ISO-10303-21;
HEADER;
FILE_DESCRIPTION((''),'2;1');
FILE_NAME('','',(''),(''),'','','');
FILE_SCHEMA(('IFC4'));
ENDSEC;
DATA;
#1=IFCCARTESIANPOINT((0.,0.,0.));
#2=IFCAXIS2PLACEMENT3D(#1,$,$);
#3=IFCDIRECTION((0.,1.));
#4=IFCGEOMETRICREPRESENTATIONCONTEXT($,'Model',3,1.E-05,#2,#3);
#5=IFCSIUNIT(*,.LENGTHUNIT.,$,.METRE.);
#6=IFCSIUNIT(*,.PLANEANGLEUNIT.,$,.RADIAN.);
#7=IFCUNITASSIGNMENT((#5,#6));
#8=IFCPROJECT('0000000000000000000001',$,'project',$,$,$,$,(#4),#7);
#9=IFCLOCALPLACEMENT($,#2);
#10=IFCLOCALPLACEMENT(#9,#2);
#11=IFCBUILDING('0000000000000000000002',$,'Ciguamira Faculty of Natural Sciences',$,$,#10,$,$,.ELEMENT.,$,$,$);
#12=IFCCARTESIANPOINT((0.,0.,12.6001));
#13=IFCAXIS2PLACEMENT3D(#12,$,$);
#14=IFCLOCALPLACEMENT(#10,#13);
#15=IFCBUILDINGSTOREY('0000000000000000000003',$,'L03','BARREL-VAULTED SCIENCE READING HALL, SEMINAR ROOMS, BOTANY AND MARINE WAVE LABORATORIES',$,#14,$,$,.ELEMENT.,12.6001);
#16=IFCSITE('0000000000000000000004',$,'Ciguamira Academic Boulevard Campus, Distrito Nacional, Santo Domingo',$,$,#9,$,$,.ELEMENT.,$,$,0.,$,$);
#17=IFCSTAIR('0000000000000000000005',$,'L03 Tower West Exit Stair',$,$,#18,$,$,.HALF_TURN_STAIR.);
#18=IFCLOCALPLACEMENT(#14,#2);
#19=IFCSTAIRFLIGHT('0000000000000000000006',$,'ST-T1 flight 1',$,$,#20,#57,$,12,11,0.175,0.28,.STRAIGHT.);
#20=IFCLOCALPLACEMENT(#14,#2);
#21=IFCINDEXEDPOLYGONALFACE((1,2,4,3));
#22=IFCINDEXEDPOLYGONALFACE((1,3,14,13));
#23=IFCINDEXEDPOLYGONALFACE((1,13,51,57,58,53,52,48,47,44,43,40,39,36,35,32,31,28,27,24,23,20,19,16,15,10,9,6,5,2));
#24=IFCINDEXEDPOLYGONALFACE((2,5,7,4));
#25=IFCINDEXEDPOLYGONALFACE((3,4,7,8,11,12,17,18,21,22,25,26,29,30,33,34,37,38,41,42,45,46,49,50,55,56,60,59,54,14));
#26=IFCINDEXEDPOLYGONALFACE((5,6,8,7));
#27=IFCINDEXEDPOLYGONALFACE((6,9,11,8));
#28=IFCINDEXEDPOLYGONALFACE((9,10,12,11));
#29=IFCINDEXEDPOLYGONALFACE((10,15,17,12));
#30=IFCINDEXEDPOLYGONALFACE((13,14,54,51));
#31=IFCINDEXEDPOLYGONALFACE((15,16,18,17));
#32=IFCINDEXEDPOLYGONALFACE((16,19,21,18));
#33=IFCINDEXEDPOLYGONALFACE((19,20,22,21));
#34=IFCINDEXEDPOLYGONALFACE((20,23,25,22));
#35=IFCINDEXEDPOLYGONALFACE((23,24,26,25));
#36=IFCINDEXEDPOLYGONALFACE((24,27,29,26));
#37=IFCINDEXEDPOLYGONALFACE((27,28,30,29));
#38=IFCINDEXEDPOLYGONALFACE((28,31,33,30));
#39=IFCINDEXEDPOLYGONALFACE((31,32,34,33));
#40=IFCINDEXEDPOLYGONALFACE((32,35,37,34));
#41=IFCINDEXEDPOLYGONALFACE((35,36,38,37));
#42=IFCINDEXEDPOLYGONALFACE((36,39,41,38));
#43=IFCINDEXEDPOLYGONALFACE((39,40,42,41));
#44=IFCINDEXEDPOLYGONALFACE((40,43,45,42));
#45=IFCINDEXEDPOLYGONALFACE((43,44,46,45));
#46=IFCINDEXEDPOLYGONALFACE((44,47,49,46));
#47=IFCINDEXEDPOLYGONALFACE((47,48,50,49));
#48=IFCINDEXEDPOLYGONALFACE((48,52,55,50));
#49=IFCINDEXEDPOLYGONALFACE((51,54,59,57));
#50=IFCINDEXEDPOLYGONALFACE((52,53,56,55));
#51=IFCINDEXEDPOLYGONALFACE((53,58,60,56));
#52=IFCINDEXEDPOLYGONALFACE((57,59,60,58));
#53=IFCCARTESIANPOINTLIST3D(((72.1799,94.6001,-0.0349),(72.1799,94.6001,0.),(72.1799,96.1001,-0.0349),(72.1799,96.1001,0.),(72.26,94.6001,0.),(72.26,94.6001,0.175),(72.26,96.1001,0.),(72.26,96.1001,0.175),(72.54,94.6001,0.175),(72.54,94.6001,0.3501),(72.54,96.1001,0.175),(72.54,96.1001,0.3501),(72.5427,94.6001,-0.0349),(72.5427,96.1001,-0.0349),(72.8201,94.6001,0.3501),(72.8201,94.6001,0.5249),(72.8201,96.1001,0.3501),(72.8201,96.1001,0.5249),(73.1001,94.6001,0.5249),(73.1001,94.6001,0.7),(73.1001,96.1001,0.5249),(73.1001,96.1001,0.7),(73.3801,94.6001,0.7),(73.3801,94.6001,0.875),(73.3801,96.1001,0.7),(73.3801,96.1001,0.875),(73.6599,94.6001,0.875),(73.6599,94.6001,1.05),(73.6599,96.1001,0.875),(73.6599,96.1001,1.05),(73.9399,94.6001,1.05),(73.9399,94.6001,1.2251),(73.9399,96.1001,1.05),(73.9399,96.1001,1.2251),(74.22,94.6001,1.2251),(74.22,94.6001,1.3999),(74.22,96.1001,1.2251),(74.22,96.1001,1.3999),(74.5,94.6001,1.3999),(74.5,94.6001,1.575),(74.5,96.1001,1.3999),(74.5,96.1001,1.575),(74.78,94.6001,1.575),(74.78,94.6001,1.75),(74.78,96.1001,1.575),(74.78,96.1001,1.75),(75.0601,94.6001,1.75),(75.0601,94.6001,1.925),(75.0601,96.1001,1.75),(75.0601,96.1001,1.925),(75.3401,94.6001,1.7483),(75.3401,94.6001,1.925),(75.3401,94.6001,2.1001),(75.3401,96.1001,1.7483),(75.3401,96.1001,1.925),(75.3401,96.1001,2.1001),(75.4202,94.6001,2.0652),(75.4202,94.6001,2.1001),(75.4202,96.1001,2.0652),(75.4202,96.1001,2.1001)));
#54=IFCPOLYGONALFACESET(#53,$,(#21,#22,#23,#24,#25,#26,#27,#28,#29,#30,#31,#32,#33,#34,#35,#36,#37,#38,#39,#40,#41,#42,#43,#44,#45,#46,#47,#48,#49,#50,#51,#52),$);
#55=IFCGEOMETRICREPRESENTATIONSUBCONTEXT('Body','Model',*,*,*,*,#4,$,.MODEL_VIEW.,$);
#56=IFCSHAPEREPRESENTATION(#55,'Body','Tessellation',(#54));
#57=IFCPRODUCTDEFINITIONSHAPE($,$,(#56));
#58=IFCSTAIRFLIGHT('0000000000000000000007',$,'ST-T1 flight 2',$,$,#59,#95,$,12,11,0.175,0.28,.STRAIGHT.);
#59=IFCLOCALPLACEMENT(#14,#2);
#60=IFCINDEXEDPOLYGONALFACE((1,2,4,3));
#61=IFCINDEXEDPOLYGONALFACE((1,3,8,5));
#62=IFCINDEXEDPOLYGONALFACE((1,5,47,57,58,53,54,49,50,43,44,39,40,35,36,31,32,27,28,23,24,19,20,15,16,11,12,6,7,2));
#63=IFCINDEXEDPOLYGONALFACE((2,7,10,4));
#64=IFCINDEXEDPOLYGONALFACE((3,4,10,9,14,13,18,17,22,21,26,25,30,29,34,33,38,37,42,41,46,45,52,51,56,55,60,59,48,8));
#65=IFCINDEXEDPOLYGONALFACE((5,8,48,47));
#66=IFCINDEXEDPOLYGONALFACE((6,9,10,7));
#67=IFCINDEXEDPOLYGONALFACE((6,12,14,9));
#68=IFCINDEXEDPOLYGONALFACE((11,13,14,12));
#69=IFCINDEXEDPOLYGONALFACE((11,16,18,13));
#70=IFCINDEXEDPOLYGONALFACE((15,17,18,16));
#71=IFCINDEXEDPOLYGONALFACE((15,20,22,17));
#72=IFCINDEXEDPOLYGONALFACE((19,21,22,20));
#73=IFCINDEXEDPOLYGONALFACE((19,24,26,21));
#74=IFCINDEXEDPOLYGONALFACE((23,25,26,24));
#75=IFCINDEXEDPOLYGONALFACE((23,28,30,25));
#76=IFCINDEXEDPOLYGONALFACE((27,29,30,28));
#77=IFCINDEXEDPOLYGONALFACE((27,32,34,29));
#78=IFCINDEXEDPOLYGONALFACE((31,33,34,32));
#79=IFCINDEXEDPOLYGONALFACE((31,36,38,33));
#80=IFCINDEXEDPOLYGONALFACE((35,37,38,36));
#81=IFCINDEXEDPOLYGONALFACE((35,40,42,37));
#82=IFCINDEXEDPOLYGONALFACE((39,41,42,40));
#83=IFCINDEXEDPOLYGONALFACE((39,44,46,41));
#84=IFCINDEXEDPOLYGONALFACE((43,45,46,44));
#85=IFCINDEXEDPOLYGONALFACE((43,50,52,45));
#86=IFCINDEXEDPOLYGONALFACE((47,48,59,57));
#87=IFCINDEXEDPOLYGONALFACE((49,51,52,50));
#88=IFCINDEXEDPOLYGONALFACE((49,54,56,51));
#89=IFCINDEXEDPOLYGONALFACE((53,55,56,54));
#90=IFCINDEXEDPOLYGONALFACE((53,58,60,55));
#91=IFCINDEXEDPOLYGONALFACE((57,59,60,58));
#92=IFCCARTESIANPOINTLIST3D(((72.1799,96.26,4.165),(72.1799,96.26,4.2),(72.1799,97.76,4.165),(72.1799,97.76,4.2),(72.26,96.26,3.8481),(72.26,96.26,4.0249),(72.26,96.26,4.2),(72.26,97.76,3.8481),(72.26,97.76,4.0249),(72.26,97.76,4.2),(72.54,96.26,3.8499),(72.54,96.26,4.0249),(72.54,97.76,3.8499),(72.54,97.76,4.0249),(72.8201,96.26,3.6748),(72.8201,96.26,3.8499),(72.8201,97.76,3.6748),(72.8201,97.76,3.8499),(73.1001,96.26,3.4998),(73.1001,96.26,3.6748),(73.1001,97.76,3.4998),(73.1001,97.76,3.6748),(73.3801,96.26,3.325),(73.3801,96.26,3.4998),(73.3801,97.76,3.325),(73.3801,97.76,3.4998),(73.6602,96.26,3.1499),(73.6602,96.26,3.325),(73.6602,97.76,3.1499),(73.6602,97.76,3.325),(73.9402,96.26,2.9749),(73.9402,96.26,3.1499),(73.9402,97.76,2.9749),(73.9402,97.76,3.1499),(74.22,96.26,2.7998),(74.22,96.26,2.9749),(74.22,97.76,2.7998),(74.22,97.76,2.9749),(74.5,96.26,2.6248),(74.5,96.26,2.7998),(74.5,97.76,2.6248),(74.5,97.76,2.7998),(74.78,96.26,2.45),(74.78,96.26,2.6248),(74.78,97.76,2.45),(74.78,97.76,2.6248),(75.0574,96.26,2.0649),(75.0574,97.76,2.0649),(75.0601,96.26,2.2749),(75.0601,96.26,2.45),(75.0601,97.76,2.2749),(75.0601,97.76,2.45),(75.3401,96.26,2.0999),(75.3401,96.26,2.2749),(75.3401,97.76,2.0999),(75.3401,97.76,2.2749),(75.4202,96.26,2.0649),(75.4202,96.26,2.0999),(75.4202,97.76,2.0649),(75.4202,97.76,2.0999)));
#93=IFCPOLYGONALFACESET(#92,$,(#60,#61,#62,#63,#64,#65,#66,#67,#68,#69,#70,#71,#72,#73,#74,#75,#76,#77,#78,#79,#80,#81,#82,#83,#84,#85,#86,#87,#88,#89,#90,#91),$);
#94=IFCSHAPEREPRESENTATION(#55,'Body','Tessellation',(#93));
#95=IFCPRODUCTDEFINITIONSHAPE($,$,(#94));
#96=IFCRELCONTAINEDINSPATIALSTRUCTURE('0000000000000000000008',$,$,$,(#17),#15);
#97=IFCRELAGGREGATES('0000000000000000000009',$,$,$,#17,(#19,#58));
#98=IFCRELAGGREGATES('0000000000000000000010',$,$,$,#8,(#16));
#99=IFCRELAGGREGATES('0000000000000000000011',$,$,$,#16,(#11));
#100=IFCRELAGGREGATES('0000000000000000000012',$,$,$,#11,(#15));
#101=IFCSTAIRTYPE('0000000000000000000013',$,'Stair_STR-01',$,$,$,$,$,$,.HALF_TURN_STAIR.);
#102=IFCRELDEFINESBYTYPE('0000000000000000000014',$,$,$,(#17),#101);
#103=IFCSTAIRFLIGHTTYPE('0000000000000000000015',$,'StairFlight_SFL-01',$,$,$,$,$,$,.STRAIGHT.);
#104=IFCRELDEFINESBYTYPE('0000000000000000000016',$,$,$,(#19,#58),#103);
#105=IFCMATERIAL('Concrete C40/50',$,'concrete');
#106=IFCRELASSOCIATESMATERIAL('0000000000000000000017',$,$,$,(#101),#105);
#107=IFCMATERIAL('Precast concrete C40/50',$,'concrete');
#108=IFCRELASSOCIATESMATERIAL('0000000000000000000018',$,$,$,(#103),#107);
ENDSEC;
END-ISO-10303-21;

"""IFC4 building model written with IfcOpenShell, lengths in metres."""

from ifc_helpers import new_model, si_unit, direction, frame, origin, place, context, subcontext, project, spatial, polyline, outline, extrude, material, type_object, element, aggregate, save


model = new_model("IFC4")

# Units and contexts
model_context = context("Model", 3, precision=1e-05, world=origin(), true_north=direction((0.0, 1.0)))
body_context = subcontext(model_context, "Body", "Model", "MODEL_VIEW")
ifc_project = project(units=[si_unit("LENGTHUNIT", "METRE"), si_unit("PLANEANGLEUNIT", "RADIAN")], contexts=[model_context])

# Site, building, storey
site_placement = place(None, origin())
site = spatial("IfcSite", under=ifc_project, at=site_placement, Name="Ciguamira Academic Boulevard Campus, Distrito Nacional, Santo Domingo", CompositionType="ELEMENT", RefElevation=0.0)
building_placement = place(site_placement, origin())
building = spatial("IfcBuilding", under=site, at=building_placement, Name="Ciguamira Faculty of Natural Sciences", CompositionType="ELEMENT")
storey_placement = place(building_placement, frame((0.0, 0.0, 12.6001)))
storey = spatial("IfcBuildingStorey", under=building, at=storey_placement, Name="L03", Description="BARREL-VAULTED SCIENCE READING HALL, SEMINAR ROOMS, BOTANY AND MARINE WAVE LABORATORIES", CompositionType="ELEMENT", Elevation=12.6001)

# Shared definitions
ifc_material_1 = material(Name="Concrete C40/50", Category="concrete")

# Stair, stair flights
stair_type = type_object("IfcStairType", Name="Stair_STR-01", PredefinedType="HALF_TURN_STAIR", material=ifc_material_1)
stair_placement = place(storey_placement, origin())
stair = element("IfcStair", 1, at=stair_placement, inside=storey, type_object=stair_type, Name="L03 Tower West Exit Stair", PredefinedType="HALF_TURN_STAIR")
ifc_material_2 = material(Name="Precast concrete C40/50", Category="concrete")
stair_flight_type = type_object("IfcStairFlightType", Name="StairFlight_SFL-01", PredefinedType="STRAIGHT", material=ifc_material_2)
stair_flight_1_placement = place(storey_placement, frame((72.26, 95.3501, 0.0), z_axis=(0.0, 0.0, 1.0), x_axis=(1.0, 0.0, 0.0)))
stair_flight_1 = element("IfcStairFlight", 2, at=stair_flight_1_placement, type_object=stair_flight_type, Name="ST-T1 flight 1", NumberOfRisers=12, NumberOfTreads=11, PredefinedType="STRAIGHT", RiserHeight=0.175, TreadLength=0.28, context=body_context, shape_type="SweptSolid", body=[
    extrude(outline(polyline([(-0.0801, -0.0349), (-0.0801, 0.0), (0.0, 0.0), (0.0, 0.175), (0.28, 0.175), (0.28, 0.3501), (0.5601, 0.3501), (0.5601, 0.5249), (0.8401, 0.5249), (0.8401, 0.7), (1.1201, 0.7), (1.1201, 0.875), (1.3999, 0.875), (1.3999, 1.05), (1.6799, 1.05), (1.6799, 1.2251), (1.96, 1.2251), (1.96, 1.3999), (2.24, 1.3999), (2.24, 1.575), (2.52, 1.575), (2.52, 1.75), (2.8, 1.75), (2.8, 1.925), (3.0801, 1.925), (3.0801, 2.1001), (3.1602, 2.1001), (3.1602, 2.0652), (3.0801, 1.7483), (0.2827, -0.0349), (-0.0801, -0.0349)])), frame((0.0, 0.75, 0.0), z_axis=(0.0, -1.0, 0.0), x_axis=(1.0, 0.0, 0.0)), (0.0, 0.0, 1.0), 1.5),
])
stair_flight_2_placement = place(storey_placement, frame((75.3401, 97.01, 2.0999), z_axis=(0.0, 0.0, 1.0), x_axis=(-1.0, 0.0, 0.0)))
stair_flight_2 = element("IfcStairFlight", 3, at=stair_flight_2_placement, type_object=stair_flight_type, Name="ST-T1 flight 2", NumberOfRisers=12, NumberOfTreads=11, PredefinedType="STRAIGHT", RiserHeight=0.175, TreadLength=0.28, context=body_context, shape_type="SweptSolid", body=[
    extrude(outline(polyline([(-0.0801, -0.0349), (-0.0801, 0.0), (0.0, 0.0), (0.0, 0.175), (0.28, 0.175), (0.28, 0.3501), (0.5601, 0.3501), (0.5601, 0.5249), (0.8401, 0.5249), (0.8401, 0.7), (1.1201, 0.7), (1.1201, 0.875), (1.3999, 0.875), (1.3999, 1.05), (1.6799, 1.05), (1.6799, 1.2251), (1.96, 1.2251), (1.96, 1.3999), (2.24, 1.3999), (2.24, 1.575), (2.52, 1.575), (2.52, 1.75), (2.8, 1.75), (2.8, 1.925), (3.0801, 1.925), (3.0801, 2.1001), (3.1602, 2.1001), (3.1602, 2.0652), (3.0801, 1.7483), (0.2827, -0.0349), (-0.0801, -0.0349)])), frame((0.0, 0.75, 0.0), z_axis=(0.0, -1.0, 0.0), x_axis=(1.0, 0.0, 0.0)), (0.0, 0.0, 1.0), 1.5),
])
aggregate(stair, [stair_flight_1, stair_flight_2])

save(model, "model.ifc")
